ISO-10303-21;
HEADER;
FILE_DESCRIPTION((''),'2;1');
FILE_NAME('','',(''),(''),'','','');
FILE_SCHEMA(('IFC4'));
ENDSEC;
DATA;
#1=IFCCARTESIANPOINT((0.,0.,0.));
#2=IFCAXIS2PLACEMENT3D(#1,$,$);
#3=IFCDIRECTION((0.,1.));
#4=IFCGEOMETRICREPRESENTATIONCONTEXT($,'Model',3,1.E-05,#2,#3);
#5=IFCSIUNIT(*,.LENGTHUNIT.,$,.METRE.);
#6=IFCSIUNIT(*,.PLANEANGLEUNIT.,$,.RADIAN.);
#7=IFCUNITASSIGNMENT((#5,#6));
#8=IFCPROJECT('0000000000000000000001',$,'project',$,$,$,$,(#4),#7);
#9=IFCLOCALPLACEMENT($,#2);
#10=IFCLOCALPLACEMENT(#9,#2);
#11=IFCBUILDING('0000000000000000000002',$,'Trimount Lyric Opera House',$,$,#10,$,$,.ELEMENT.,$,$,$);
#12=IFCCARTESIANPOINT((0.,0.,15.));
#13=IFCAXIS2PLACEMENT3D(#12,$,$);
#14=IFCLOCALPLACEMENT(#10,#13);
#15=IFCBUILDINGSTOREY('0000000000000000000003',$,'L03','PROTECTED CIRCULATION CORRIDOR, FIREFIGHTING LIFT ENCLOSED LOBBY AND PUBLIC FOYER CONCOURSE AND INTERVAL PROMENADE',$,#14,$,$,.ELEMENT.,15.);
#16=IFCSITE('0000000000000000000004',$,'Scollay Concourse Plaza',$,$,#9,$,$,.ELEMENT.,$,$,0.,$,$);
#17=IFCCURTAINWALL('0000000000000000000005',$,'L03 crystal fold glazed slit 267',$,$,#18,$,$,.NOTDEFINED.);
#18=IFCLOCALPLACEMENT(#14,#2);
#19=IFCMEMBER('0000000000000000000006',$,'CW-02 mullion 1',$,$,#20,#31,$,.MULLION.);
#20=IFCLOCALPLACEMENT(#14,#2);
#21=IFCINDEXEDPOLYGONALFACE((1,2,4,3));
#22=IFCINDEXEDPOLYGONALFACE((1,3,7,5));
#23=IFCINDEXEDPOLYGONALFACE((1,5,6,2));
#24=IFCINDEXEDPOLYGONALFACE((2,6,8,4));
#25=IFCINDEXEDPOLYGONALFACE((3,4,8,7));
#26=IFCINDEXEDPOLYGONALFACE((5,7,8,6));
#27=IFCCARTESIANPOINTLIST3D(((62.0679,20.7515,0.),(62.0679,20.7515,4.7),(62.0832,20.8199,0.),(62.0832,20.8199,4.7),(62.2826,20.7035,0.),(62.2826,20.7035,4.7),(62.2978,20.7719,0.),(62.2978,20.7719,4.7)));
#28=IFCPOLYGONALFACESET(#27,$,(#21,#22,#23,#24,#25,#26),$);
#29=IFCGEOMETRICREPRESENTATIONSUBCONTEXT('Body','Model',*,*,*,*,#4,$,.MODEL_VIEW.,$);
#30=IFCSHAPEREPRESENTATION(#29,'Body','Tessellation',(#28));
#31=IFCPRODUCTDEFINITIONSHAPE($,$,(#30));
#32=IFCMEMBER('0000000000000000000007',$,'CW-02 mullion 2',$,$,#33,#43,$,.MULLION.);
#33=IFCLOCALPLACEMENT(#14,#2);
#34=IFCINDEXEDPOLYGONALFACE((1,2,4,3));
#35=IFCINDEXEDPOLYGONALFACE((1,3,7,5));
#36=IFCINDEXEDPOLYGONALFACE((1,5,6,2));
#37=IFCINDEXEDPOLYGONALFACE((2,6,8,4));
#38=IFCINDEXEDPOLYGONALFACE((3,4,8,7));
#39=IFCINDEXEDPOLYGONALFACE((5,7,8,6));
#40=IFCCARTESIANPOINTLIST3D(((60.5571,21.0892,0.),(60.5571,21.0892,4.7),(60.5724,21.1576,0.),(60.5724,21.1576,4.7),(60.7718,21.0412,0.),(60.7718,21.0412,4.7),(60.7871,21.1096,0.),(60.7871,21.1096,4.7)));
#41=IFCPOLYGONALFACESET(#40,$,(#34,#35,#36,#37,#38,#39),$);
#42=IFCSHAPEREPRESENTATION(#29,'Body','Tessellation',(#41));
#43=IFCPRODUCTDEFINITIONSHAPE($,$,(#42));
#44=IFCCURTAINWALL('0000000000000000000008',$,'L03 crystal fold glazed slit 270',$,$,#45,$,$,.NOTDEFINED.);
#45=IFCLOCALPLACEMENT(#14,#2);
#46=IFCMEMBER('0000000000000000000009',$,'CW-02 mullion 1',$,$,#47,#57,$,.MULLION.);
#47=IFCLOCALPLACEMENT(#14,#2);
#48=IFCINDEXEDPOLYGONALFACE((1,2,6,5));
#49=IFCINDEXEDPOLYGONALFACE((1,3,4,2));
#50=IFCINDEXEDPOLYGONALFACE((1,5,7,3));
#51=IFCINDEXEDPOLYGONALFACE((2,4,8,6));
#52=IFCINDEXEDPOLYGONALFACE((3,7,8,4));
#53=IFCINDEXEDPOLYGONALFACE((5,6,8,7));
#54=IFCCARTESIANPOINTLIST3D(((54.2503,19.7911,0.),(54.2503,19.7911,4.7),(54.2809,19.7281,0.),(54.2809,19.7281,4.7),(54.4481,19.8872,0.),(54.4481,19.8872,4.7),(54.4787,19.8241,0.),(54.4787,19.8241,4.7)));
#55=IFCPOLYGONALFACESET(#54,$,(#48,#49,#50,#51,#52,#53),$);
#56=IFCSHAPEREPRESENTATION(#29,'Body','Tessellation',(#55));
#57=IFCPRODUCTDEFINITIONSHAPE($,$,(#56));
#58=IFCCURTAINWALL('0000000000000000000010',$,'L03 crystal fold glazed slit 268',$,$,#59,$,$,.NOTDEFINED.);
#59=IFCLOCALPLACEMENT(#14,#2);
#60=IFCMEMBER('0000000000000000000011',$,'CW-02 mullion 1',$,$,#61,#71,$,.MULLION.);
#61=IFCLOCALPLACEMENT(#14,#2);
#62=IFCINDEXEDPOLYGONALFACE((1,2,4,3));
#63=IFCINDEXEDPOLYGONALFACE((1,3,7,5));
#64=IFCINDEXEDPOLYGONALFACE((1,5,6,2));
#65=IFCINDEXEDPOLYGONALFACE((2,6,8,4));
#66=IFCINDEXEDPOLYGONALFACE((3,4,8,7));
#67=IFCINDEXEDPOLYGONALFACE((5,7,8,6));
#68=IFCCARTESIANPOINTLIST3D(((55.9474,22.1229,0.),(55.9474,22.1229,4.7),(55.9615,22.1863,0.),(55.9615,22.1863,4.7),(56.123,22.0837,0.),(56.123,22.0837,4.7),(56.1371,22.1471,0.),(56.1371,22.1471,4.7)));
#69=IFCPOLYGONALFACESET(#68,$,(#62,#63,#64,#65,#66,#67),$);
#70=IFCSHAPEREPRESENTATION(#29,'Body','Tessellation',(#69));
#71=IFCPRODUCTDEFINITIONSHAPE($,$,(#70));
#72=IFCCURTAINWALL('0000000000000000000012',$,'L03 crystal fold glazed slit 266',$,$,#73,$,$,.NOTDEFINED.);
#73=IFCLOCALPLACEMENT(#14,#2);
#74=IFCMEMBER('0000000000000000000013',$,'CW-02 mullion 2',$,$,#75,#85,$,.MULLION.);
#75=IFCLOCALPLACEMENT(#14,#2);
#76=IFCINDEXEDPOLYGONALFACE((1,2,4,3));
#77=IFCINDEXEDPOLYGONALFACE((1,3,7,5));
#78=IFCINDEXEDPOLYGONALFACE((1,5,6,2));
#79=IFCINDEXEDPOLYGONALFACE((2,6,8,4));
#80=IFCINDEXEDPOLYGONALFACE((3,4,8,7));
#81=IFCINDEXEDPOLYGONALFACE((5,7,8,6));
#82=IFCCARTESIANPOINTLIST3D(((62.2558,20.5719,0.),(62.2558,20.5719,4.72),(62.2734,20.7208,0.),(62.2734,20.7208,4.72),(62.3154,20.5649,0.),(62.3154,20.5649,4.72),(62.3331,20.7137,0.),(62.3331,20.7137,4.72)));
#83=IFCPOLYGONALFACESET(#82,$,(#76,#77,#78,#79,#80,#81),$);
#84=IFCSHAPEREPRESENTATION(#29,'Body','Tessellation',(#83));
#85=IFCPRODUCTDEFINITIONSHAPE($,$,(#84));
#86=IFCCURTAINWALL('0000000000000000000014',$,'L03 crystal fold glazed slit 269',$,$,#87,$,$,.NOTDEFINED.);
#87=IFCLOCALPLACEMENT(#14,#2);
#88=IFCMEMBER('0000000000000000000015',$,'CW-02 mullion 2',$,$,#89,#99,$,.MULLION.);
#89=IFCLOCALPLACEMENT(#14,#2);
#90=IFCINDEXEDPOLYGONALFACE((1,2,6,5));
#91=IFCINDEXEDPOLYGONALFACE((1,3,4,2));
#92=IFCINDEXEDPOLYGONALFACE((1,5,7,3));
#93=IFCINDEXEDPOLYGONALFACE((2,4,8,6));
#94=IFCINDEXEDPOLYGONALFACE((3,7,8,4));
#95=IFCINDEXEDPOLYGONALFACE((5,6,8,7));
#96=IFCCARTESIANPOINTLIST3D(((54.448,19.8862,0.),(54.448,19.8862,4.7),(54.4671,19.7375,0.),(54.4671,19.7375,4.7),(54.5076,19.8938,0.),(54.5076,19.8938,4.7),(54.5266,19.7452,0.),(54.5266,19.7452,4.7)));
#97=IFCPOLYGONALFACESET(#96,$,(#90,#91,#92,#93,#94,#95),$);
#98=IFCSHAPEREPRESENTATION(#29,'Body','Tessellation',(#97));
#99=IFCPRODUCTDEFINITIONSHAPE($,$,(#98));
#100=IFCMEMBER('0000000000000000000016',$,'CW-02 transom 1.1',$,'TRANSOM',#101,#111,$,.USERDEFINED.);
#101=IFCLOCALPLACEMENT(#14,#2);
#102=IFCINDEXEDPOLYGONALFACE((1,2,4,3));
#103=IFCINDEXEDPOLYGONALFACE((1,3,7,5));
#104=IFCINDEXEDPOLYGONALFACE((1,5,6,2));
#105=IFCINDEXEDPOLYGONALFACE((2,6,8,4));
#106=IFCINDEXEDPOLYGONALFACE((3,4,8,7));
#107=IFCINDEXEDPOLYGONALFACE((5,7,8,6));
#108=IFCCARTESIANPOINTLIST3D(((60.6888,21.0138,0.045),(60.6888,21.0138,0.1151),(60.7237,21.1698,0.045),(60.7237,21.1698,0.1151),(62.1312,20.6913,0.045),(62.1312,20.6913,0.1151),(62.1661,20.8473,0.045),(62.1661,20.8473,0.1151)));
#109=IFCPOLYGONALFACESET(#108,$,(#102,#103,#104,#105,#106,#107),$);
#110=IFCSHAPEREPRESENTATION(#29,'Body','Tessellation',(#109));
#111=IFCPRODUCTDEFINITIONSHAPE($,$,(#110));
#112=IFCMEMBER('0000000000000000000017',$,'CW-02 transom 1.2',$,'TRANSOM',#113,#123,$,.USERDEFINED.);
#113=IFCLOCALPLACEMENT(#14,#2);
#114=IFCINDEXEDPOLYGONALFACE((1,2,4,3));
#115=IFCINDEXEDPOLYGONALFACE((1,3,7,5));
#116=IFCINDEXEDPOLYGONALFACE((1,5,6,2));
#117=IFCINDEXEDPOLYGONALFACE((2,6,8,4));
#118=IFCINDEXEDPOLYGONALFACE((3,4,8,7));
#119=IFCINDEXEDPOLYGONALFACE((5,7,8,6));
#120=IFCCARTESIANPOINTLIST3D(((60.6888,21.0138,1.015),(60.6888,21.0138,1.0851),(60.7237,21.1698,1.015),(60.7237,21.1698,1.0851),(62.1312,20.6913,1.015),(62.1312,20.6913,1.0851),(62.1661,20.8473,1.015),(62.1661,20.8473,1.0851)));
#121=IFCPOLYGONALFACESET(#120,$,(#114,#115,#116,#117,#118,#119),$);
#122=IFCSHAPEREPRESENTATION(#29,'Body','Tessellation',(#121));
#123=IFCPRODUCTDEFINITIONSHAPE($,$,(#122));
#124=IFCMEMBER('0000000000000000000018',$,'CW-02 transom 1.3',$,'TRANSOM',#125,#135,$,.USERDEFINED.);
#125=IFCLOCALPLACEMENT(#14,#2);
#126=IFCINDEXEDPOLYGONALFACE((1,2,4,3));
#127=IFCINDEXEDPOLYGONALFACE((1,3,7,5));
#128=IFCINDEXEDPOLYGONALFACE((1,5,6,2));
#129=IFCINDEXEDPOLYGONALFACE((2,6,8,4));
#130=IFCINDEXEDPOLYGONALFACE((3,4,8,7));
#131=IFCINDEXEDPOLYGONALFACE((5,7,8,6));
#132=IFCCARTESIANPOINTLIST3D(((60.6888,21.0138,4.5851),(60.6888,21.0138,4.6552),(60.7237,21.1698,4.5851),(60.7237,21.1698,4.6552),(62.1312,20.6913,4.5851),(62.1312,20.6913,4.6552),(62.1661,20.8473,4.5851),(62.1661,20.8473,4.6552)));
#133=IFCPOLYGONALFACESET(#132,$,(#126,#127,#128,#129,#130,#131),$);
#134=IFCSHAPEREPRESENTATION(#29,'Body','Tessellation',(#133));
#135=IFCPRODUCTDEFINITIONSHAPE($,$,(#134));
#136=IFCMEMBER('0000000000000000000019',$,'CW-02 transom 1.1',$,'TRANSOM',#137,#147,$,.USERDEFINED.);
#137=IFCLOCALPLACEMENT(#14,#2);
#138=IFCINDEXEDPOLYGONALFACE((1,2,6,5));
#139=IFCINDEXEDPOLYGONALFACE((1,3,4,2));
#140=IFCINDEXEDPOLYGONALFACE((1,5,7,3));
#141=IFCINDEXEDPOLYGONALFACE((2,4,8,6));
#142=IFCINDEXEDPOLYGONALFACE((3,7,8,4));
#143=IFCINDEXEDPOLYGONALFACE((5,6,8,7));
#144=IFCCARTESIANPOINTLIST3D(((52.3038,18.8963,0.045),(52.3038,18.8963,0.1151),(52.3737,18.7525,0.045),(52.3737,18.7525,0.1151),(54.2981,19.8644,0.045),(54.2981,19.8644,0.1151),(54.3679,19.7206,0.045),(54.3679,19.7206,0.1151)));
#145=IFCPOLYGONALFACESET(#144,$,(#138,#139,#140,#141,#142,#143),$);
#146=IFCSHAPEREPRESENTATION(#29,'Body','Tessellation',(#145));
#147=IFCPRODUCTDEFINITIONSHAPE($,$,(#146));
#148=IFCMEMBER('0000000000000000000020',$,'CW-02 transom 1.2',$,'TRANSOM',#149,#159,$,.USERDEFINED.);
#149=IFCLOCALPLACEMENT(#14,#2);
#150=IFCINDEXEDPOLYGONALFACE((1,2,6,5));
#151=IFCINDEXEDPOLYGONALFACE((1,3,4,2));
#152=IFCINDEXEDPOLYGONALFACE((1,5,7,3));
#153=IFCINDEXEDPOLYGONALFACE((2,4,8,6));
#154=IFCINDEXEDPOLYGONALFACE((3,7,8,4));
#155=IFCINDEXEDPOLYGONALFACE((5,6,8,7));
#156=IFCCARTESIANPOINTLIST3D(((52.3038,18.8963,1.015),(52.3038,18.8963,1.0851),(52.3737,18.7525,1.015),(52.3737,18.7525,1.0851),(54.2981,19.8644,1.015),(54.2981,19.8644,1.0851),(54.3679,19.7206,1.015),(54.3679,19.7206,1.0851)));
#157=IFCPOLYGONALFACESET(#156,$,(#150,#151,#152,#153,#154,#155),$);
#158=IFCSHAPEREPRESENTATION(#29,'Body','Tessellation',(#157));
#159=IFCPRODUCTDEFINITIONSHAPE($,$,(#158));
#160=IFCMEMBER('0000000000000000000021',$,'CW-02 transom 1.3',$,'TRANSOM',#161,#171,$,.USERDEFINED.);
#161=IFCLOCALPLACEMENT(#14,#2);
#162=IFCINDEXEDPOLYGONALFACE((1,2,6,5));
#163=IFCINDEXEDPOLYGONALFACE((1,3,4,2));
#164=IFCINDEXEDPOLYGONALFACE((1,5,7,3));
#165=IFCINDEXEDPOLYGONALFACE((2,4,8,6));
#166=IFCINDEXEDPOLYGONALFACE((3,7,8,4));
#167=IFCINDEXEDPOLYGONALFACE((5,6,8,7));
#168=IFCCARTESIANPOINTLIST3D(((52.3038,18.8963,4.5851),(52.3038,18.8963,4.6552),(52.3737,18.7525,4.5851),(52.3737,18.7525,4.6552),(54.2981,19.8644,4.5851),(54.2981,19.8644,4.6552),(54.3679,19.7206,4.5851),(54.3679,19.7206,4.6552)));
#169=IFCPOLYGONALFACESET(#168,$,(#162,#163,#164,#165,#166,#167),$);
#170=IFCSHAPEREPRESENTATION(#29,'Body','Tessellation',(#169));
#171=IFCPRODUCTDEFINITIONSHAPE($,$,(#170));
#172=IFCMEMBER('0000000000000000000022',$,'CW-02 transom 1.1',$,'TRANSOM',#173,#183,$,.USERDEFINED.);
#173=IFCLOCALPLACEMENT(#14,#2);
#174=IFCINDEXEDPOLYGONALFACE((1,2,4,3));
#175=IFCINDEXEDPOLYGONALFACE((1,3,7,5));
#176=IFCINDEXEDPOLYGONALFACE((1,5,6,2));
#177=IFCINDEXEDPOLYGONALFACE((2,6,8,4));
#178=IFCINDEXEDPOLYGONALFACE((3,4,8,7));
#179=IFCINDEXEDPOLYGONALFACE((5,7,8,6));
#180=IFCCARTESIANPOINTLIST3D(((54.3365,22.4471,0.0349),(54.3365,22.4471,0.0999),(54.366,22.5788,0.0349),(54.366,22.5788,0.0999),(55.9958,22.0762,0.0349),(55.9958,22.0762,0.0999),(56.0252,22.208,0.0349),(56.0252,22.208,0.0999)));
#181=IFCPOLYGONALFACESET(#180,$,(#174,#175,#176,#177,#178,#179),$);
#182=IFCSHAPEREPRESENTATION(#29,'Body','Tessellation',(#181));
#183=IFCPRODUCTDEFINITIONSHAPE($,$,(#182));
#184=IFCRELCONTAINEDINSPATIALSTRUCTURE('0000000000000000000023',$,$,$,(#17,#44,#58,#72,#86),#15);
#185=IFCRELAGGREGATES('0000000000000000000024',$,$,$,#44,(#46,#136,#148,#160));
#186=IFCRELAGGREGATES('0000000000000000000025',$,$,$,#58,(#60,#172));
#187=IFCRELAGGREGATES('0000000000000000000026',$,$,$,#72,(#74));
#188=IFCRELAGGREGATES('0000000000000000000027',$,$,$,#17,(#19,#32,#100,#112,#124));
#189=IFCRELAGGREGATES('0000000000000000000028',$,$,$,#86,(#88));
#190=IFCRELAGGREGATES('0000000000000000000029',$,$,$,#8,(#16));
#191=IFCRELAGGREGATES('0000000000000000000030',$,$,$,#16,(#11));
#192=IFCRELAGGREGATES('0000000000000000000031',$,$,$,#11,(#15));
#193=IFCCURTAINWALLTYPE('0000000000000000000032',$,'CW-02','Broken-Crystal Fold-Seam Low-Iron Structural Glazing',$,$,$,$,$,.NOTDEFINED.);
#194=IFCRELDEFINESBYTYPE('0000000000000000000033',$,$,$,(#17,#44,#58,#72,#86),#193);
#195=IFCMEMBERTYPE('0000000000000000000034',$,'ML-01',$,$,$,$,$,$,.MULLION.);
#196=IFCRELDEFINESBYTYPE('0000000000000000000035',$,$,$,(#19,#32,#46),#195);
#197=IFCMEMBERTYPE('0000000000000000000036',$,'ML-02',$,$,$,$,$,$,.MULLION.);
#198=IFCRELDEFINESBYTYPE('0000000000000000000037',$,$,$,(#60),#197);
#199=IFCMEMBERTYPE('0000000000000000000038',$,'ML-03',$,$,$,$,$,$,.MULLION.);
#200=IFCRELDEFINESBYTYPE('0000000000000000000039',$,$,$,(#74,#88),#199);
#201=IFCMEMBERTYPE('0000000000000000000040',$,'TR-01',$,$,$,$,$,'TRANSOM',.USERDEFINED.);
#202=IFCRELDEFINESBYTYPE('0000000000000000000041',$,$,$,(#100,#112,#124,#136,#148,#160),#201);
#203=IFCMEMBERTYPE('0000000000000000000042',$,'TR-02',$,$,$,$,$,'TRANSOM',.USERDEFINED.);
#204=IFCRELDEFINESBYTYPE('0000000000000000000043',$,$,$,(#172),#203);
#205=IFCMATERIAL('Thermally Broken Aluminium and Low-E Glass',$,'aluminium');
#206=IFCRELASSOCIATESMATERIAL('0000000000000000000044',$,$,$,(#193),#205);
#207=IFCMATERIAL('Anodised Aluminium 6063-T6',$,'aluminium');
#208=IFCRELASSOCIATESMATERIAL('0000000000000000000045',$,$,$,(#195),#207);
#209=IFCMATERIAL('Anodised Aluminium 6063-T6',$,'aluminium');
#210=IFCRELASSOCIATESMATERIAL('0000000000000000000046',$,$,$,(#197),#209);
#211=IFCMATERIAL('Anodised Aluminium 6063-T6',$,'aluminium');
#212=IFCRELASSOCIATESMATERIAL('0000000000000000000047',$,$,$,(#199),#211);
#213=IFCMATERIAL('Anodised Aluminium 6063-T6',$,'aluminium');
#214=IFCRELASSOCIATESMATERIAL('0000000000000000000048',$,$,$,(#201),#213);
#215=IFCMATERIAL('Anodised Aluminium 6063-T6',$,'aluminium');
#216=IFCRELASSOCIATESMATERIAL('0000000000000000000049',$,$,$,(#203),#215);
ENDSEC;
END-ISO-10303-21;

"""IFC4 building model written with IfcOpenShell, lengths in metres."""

from ifc_helpers import new_model, si_unit, direction, frame, origin, origin_2d, place, context, subcontext, project, spatial, rectangle, extrude, material, material_profile, profile_set, type_object, element, aggregate, save


model = new_model("IFC4")

# Units and contexts
model_context = context("Model", 3, precision=1e-05, world=origin(), true_north=direction((0.0, 1.0)))
body_context = subcontext(model_context, "Body", "Model", "MODEL_VIEW")
ifc_project = project(units=[si_unit("LENGTHUNIT", "METRE"), si_unit("PLANEANGLEUNIT", "RADIAN")], contexts=[model_context])

# Site, building, storey
site_placement = place(None, origin())
site = spatial("IfcSite", under=ifc_project, at=site_placement, Name="Scollay Concourse Plaza", CompositionType="ELEMENT", RefElevation=0.0)
building_placement = place(site_placement, origin())
building = spatial("IfcBuilding", under=site, at=building_placement, Name="Trimount Lyric Opera House", CompositionType="ELEMENT")
storey_placement = place(building_placement, frame((0.0, 0.0, 15.0)))
storey = spatial("IfcBuildingStorey", under=building, at=storey_placement, Name="L03", Description="PROTECTED CIRCULATION CORRIDOR, FIREFIGHTING LIFT ENCLOSED LOBBY AND PUBLIC FOYER CONCOURSE AND INTERVAL PROMENADE", CompositionType="ELEMENT", Elevation=15.0)

# Curtain wall, members
ifc_material_1 = material(Name="Thermally Broken Aluminium and Low-E Glass", Category="aluminium")
curtain_wall_type = type_object("IfcCurtainWallType", Name="CW-02", Description="Broken-Crystal Fold-Seam Low-Iron Structural Glazing", PredefinedType="NOTDEFINED", material=ifc_material_1)
curtain_wall_1_placement = place(storey_placement, origin())
curtain_wall_1 = element("IfcCurtainWall", 1, at=curtain_wall_1_placement, inside=storey, type_object=curtain_wall_type, Name="L03 crystal fold glazed slit 267", PredefinedType="NOTDEFINED")
ifc_material_2 = material(Name="Anodised Aluminium 6063-T6", Category="aluminium")
ifc_material_profile_1 = material_profile(ifc_material_2, rectangle(XDim=0.0701, YDim=0.22, at=origin_2d()), Name="ALU-MULL-70X220")
ifc_profile_set_1 = profile_set([ifc_material_profile_1], Name="Anodised Aluminium 6063-T6")
member_type_1 = type_object("IfcMemberType", Name="ML-01", PredefinedType="MULLION", material=ifc_profile_set_1)
member_1_placement = place(storey_placement, frame((62.1829, 20.7617, 0.0), z_axis=(0.0, 0.0, 1.0), x_axis=(-0.218174, -0.97591, 0.0)))
member_1 = element("IfcMember", 2, at=member_1_placement, type_object=member_type_1, Name="CW-02 mullion 1", PredefinedType="MULLION", context=body_context, shape_type="SweptSolid", body=[
    extrude(rectangle(XDim=0.0701, YDim=0.22, at=origin_2d()), origin(), (0.0, 0.0, 1.0), 4.7),
])
member_2_placement = place(storey_placement, frame((60.6721, 21.0994, 0.0), z_axis=(0.0, 0.0, 1.0), x_axis=(-0.218174, -0.97591, 0.0)))
member_2 = element("IfcMember", 3, at=member_2_placement, type_object=member_type_1, Name="CW-02 mullion 2", PredefinedType="MULLION", context=body_context, shape_type="SweptSolid", body=[
    extrude(rectangle(XDim=0.0701, YDim=0.22, at=origin_2d()), origin(), (0.0, 0.0, 1.0), 4.7),
])

# Curtain walls, members
curtain_wall_2_placement = place(storey_placement, origin())
curtain_wall_2 = element("IfcCurtainWall", 4, at=curtain_wall_2_placement, inside=storey, type_object=curtain_wall_type, Name="L03 crystal fold glazed slit 270", PredefinedType="NOTDEFINED")
member_3_placement = place(storey_placement, frame((54.3645, 19.8076, 0.0), z_axis=(0.0, 0.0, 1.0), x_axis=(0.436659, -0.899627, 0.0)))
member_3 = element("IfcMember", 5, at=member_3_placement, type_object=member_type_1, Name="CW-02 mullion 1", PredefinedType="MULLION", context=body_context, shape_type="SweptSolid", body=[
    extrude(rectangle(XDim=0.0701, YDim=0.22, at=origin_2d()), origin(), (0.0, 0.0, 1.0), 4.7),
])
curtain_wall_3_placement = place(storey_placement, origin())
curtain_wall_3 = element("IfcCurtainWall", 6, at=curtain_wall_3_placement, inside=storey, type_object=curtain_wall_type, Name="L03 crystal fold glazed slit 268", PredefinedType="NOTDEFINED")
ifc_material_3 = material(Name="Anodised Aluminium 6063-T6", Category="aluminium")
ifc_material_profile_2 = material_profile(ifc_material_3, rectangle(XDim=0.0649, YDim=0.1799, at=origin_2d()), Name="ALU-MULL-65X180")
ifc_profile_set_2 = profile_set([ifc_material_profile_2], Name="Anodised Aluminium 6063-T6")
member_type_2 = type_object("IfcMemberType", Name="ML-02", PredefinedType="MULLION", material=ifc_profile_set_2)
member_4_placement = place(storey_placement, frame((56.0422, 22.135, 0.0), z_axis=(0.0, 0.0, 1.0), x_axis=(-0.21803, -0.975942, 0.0)))
member_4 = element("IfcMember", 7, at=member_4_placement, type_object=member_type_2, Name="CW-02 mullion 1", PredefinedType="MULLION", context=body_context, shape_type="SweptSolid", body=[
    extrude(rectangle(XDim=0.0649, YDim=0.1799, at=origin_2d()), origin(), (0.0, 0.0, 1.0), 4.7),
])
curtain_wall_4_placement = place(storey_placement, origin())
curtain_wall_4 = element("IfcCurtainWall", 8, at=curtain_wall_4_placement, inside=storey, type_object=curtain_wall_type, Name="L03 crystal fold glazed slit 266", PredefinedType="NOTDEFINED")
ifc_material_4 = material(Name="Anodised Aluminium 6063-T6", Category="aluminium")
ifc_material_profile_3 = material_profile(ifc_material_4, rectangle(XDim=0.0601, YDim=0.1499, at=origin_2d()), Name="ALU-MULL-60X150")
ifc_profile_set_3 = profile_set([ifc_material_profile_3], Name="Anodised Aluminium 6063-T6")
member_type_3 = type_object("IfcMemberType", Name="ML-03", PredefinedType="MULLION", material=ifc_profile_set_3)
member_5_placement = place(storey_placement, frame((62.2944, 20.6428, 0.0), z_axis=(0.0, 0.0, 1.0), x_axis=(0.993072, -0.117507, 0.0)))
member_5 = element("IfcMember", 9, at=member_5_placement, type_object=member_type_3, Name="CW-02 mullion 2", PredefinedType="MULLION", context=body_context, shape_type="SweptSolid", body=[
    extrude(rectangle(XDim=0.0601, YDim=0.1499, at=origin_2d()), origin(), (0.0, 0.0, 1.0), 4.72),
])
curtain_wall_5_placement = place(storey_placement, origin())
curtain_wall_5 = element("IfcCurtainWall", 10, at=curtain_wall_5_placement, inside=storey, type_object=curtain_wall_type, Name="L03 crystal fold glazed slit 269", PredefinedType="NOTDEFINED")
member_6_placement = place(storey_placement, frame((54.4873, 19.8157, 0.0), z_axis=(0.0, 0.0, 1.0), x_axis=(0.991877, 0.127203, 0.0)))
member_6 = element("IfcMember", 11, at=member_6_placement, type_object=member_type_3, Name="CW-02 mullion 2", PredefinedType="MULLION", context=body_context, shape_type="SweptSolid", body=[
    extrude(rectangle(XDim=0.0601, YDim=0.1499, at=origin_2d()), origin(), (0.0, 0.0, 1.0), 4.7),
])

# Members
ifc_material_5 = material(Name="Anodised Aluminium 6063-T6", Category="aluminium")
ifc_material_profile_4 = material_profile(ifc_material_5, rectangle(XDim=0.1599, YDim=0.0701, at=origin_2d()), Name="ALU-TRAN-70X160")
ifc_profile_set_4 = profile_set([ifc_material_profile_4], Name="Anodised Aluminium 6063-T6")
member_type_4 = type_object("IfcMemberType", Name="TR-01", ElementType="TRANSOM", PredefinedType="USERDEFINED", material=ifc_profile_set_4)
member_7_placement = place(storey_placement, frame((62.1487, 20.7693, 0.0801), z_axis=(-0.975902, 0.218207, 0.0), x_axis=(-0.218207, -0.975902, 0.0)))
member_7 = element("IfcMember", 12, at=member_7_placement, type_object=member_type_4, Name="CW-02 transom 1.1", ObjectType="TRANSOM", PredefinedType="USERDEFINED", context=body_context, shape_type="SweptSolid", body=[
    extrude(rectangle(XDim=0.1599, YDim=0.0701, at=origin_2d()), origin(), (0.0, 0.0, 1.0), 1.478),
])
member_8_placement = place(storey_placement, frame((62.1487, 20.7693, 1.05), z_axis=(-0.975902, 0.218207, 0.0), x_axis=(-0.218207, -0.975902, 0.0)))
member_8 = element("IfcMember", 13, at=member_8_placement, type_object=member_type_4, Name="CW-02 transom 1.2", ObjectType="TRANSOM", PredefinedType="USERDEFINED", context=body_context, shape_type="SweptSolid", body=[
    extrude(rectangle(XDim=0.1599, YDim=0.0701, at=origin_2d()), origin(), (0.0, 0.0, 1.0), 1.478),
])
member_9_placement = place(storey_placement, frame((62.1487, 20.7693, 4.6201), z_axis=(-0.975902, 0.218207, 0.0), x_axis=(-0.218207, -0.975902, 0.0)))
member_9 = element("IfcMember", 14, at=member_9_placement, type_object=member_type_4, Name="CW-02 transom 1.3", ObjectType="TRANSOM", PredefinedType="USERDEFINED", context=body_context, shape_type="SweptSolid", body=[
    extrude(rectangle(XDim=0.1599, YDim=0.0701, at=origin_2d()), origin(), (0.0, 0.0, 1.0), 1.478),
])
member_10_placement = place(storey_placement, frame((54.333, 19.7925, 0.0801), z_axis=(-0.899608, -0.436698, 0.0), x_axis=(0.436698, -0.899608, 0.0)))
member_10 = element("IfcMember", 15, at=member_10_placement, type_object=member_type_4, Name="CW-02 transom 1.1", ObjectType="TRANSOM", PredefinedType="USERDEFINED", context=body_context, shape_type="SweptSolid", body=[
    extrude(rectangle(XDim=0.1599, YDim=0.0701, at=origin_2d()), origin(), (0.0, 0.0, 1.0), 2.2168),
])
member_11_placement = place(storey_placement, frame((54.333, 19.7925, 1.05), z_axis=(-0.899608, -0.436698, 0.0), x_axis=(0.436698, -0.899608, 0.0)))
member_11 = element("IfcMember", 16, at=member_11_placement, type_object=member_type_4, Name="CW-02 transom 1.2", ObjectType="TRANSOM", PredefinedType="USERDEFINED", context=body_context, shape_type="SweptSolid", body=[
    extrude(rectangle(XDim=0.1599, YDim=0.0701, at=origin_2d()), origin(), (0.0, 0.0, 1.0), 2.2168),
])
member_12_placement = place(storey_placement, frame((54.333, 19.7925, 4.6201), z_axis=(-0.899608, -0.436698, 0.0), x_axis=(0.436698, -0.899608, 0.0)))
member_12 = element("IfcMember", 17, at=member_12_placement, type_object=member_type_4, Name="CW-02 transom 1.3", ObjectType="TRANSOM", PredefinedType="USERDEFINED", context=body_context, shape_type="SweptSolid", body=[
    extrude(rectangle(XDim=0.1599, YDim=0.0701, at=origin_2d()), origin(), (0.0, 0.0, 1.0), 2.2168),
])
aggregate(curtain_wall_2, [member_3, member_10, member_11, member_12])
ifc_material_6 = material(Name="Anodised Aluminium 6063-T6", Category="aluminium")
ifc_material_profile_5 = material_profile(ifc_material_6, rectangle(XDim=0.135, YDim=0.0649, at=origin_2d()), Name="ALU-TRAN-65X135")
ifc_profile_set_5 = profile_set([ifc_material_profile_5], Name="Anodised Aluminium 6063-T6")
member_type_5 = type_object("IfcMemberType", Name="TR-02", ElementType="TRANSOM", PredefinedType="USERDEFINED", material=ifc_profile_set_5)
member_13_placement = place(storey_placement, frame((56.0105, 22.1421, 0.0674), z_axis=(-0.975919, 0.218131, 0.0), x_axis=(-0.218131, -0.975919, 0.0)))
member_13 = element("IfcMember", 18, at=member_13_placement, type_object=member_type_5, Name="CW-02 transom 1.1", ObjectType="TRANSOM", PredefinedType="USERDEFINED", context=body_context, shape_type="SweptSolid", body=[
    extrude(rectangle(XDim=0.135, YDim=0.0649, at=origin_2d()), origin(), (0.0, 0.0, 1.0), 1.7002),
])
aggregate(curtain_wall_3, [member_4, member_13])

aggregate(curtain_wall_4, [member_5])
aggregate(curtain_wall_1, [member_1, member_2, member_7, member_8, member_9])
aggregate(curtain_wall_5, [member_6])

save(model, "model.ifc")
